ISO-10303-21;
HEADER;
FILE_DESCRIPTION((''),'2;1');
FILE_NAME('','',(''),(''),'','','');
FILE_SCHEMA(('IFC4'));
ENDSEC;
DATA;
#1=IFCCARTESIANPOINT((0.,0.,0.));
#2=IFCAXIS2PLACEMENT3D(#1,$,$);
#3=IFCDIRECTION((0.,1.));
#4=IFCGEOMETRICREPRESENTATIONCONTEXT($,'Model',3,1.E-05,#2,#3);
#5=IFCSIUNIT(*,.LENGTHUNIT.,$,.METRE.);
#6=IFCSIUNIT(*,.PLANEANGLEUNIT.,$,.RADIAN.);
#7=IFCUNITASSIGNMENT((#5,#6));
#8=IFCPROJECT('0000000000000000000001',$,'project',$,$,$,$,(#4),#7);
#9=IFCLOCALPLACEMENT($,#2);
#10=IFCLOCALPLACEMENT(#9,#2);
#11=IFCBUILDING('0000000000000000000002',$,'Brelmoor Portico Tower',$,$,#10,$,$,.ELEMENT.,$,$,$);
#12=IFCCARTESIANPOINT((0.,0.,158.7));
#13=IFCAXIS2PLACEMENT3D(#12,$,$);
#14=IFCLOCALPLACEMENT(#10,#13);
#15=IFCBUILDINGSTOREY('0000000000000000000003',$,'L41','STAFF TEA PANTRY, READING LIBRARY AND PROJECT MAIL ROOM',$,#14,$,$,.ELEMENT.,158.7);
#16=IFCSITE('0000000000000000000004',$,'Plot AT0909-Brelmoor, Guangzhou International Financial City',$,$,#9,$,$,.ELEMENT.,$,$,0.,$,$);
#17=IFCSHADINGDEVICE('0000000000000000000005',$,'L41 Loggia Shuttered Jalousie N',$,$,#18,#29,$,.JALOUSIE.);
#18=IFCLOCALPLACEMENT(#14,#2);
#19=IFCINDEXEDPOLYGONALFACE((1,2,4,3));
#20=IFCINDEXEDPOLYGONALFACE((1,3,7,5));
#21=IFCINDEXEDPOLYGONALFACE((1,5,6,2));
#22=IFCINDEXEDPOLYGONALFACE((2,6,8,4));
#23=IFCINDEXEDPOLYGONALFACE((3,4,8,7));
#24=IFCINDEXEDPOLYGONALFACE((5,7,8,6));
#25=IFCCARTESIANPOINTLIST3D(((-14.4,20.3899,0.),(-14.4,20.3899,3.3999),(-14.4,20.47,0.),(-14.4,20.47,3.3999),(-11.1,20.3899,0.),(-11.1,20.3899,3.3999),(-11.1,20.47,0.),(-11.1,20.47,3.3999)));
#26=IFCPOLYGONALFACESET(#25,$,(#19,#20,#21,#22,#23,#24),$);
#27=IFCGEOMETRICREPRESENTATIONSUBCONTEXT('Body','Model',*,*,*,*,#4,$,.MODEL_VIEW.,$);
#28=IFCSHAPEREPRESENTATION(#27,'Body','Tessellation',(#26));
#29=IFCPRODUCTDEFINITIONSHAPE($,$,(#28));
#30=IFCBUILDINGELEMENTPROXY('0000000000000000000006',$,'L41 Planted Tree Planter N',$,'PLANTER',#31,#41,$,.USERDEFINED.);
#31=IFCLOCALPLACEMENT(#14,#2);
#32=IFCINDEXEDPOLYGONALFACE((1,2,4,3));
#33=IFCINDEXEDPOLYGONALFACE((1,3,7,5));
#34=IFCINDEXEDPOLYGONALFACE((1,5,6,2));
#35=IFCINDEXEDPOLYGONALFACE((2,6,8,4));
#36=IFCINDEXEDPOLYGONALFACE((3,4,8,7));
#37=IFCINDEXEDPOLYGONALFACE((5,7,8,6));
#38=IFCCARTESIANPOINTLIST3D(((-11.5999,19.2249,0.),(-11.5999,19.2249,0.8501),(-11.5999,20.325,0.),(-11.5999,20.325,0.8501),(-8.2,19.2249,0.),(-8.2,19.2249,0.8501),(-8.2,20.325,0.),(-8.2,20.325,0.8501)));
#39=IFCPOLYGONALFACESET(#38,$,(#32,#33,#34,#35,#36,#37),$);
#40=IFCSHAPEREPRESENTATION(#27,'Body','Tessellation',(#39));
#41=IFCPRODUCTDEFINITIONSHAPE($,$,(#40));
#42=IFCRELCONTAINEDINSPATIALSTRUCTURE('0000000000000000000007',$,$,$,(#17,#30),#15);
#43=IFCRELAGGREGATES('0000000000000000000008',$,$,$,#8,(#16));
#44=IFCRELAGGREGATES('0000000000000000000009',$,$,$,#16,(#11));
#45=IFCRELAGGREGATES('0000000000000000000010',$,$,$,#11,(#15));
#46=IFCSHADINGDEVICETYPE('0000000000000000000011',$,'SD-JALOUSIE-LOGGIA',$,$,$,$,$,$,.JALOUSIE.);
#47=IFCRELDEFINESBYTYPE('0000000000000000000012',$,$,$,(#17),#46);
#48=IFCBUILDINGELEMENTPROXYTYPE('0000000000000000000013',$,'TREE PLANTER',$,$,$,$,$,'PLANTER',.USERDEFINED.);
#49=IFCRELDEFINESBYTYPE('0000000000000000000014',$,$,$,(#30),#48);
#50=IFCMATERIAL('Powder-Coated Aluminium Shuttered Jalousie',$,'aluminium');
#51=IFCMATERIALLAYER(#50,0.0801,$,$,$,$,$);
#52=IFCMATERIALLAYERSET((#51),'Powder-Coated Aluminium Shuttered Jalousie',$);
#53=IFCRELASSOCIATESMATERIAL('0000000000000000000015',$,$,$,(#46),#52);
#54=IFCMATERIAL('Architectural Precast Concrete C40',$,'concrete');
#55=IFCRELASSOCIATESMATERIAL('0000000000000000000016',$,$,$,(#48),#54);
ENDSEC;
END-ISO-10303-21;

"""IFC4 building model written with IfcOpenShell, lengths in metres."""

from ifc_helpers import new_model, si_unit, direction, frame, origin, origin_2d, place, context, subcontext, project, spatial, rectangle, extrude, material, layer, layer_set, type_object, element, save


model = new_model("IFC4")

# Units and contexts
model_context = context("Model", 3, precision=1e-05, world=origin(), true_north=direction((0.0, 1.0)))
body_context = subcontext(model_context, "Body", "Model", "MODEL_VIEW")
ifc_project = project(units=[si_unit("LENGTHUNIT", "METRE"), si_unit("PLANEANGLEUNIT", "RADIAN")], contexts=[model_context])

# Site, building, storey
site_placement = place(None, origin())
site = spatial("IfcSite", under=ifc_project, at=site_placement, Name="Plot AT0909-Brelmoor, Guangzhou International Financial City", CompositionType="ELEMENT", RefElevation=0.0)
building_placement = place(site_placement, origin())
building = spatial("IfcBuilding", under=site, at=building_placement, Name="Brelmoor Portico Tower", CompositionType="ELEMENT")
storey_placement = place(building_placement, frame((0.0, 0.0, 158.7)))
storey = spatial("IfcBuildingStorey", under=building, at=storey_placement, Name="L41", Description="STAFF TEA PANTRY, READING LIBRARY AND PROJECT MAIL ROOM", CompositionType="ELEMENT", Elevation=158.7)

# Shading device
ifc_material_1 = material(Name="Powder-Coated Aluminium Shuttered Jalousie", Category="aluminium")
ifc_layer_1 = layer(ifc_material_1, 0.0801)
ifc_layer_set_1 = layer_set([ifc_layer_1], Name="Powder-Coated Aluminium Shuttered Jalousie")
shading_device_type = type_object("IfcShadingDeviceType", Name="SD-JALOUSIE-LOGGIA", PredefinedType="JALOUSIE", material=ifc_layer_set_1)
shading_device_placement = place(storey_placement, frame((-12.75, 20.4299, 0.0), z_axis=(0.0, 0.0, 1.0), x_axis=(1.0, 0.0, 0.0)))
element("IfcShadingDevice", 1, at=shading_device_placement, inside=storey, type_object=shading_device_type, Name="L41 Loggia Shuttered Jalousie N", PredefinedType="JALOUSIE", context=body_context, shape_type="SweptSolid", body=[
    extrude(rectangle(XDim=3.3, YDim=0.0801, at=origin_2d()), origin(), (0.0, 0.0, 1.0), 3.3999),
])

# Building element proxy
ifc_material_2 = material(Name="Architectural Precast Concrete C40", Category="concrete")
building_element_proxy_type = type_object("IfcBuildingElementProxyType", Name="TREE PLANTER", ElementType="PLANTER", PredefinedType="USERDEFINED", material=ifc_material_2)
proxy_placement = place(storey_placement, frame((-9.8999, 19.7749, 0.0), z_axis=(0.0, 0.0, 1.0), x_axis=(1.0, 0.0, 0.0)))
element("IfcBuildingElementProxy", 2, at=proxy_placement, inside=storey, type_object=building_element_proxy_type, Name="L41 Planted Tree Planter N", ObjectType="PLANTER", PredefinedType="USERDEFINED", context=body_context, shape_type="SweptSolid", body=[
    extrude(rectangle(XDim=3.3999, YDim=1.1001, at=origin_2d()), origin(), (0.0, 0.0, 1.0), 0.8501),
])

save(model, "model.ifc")
